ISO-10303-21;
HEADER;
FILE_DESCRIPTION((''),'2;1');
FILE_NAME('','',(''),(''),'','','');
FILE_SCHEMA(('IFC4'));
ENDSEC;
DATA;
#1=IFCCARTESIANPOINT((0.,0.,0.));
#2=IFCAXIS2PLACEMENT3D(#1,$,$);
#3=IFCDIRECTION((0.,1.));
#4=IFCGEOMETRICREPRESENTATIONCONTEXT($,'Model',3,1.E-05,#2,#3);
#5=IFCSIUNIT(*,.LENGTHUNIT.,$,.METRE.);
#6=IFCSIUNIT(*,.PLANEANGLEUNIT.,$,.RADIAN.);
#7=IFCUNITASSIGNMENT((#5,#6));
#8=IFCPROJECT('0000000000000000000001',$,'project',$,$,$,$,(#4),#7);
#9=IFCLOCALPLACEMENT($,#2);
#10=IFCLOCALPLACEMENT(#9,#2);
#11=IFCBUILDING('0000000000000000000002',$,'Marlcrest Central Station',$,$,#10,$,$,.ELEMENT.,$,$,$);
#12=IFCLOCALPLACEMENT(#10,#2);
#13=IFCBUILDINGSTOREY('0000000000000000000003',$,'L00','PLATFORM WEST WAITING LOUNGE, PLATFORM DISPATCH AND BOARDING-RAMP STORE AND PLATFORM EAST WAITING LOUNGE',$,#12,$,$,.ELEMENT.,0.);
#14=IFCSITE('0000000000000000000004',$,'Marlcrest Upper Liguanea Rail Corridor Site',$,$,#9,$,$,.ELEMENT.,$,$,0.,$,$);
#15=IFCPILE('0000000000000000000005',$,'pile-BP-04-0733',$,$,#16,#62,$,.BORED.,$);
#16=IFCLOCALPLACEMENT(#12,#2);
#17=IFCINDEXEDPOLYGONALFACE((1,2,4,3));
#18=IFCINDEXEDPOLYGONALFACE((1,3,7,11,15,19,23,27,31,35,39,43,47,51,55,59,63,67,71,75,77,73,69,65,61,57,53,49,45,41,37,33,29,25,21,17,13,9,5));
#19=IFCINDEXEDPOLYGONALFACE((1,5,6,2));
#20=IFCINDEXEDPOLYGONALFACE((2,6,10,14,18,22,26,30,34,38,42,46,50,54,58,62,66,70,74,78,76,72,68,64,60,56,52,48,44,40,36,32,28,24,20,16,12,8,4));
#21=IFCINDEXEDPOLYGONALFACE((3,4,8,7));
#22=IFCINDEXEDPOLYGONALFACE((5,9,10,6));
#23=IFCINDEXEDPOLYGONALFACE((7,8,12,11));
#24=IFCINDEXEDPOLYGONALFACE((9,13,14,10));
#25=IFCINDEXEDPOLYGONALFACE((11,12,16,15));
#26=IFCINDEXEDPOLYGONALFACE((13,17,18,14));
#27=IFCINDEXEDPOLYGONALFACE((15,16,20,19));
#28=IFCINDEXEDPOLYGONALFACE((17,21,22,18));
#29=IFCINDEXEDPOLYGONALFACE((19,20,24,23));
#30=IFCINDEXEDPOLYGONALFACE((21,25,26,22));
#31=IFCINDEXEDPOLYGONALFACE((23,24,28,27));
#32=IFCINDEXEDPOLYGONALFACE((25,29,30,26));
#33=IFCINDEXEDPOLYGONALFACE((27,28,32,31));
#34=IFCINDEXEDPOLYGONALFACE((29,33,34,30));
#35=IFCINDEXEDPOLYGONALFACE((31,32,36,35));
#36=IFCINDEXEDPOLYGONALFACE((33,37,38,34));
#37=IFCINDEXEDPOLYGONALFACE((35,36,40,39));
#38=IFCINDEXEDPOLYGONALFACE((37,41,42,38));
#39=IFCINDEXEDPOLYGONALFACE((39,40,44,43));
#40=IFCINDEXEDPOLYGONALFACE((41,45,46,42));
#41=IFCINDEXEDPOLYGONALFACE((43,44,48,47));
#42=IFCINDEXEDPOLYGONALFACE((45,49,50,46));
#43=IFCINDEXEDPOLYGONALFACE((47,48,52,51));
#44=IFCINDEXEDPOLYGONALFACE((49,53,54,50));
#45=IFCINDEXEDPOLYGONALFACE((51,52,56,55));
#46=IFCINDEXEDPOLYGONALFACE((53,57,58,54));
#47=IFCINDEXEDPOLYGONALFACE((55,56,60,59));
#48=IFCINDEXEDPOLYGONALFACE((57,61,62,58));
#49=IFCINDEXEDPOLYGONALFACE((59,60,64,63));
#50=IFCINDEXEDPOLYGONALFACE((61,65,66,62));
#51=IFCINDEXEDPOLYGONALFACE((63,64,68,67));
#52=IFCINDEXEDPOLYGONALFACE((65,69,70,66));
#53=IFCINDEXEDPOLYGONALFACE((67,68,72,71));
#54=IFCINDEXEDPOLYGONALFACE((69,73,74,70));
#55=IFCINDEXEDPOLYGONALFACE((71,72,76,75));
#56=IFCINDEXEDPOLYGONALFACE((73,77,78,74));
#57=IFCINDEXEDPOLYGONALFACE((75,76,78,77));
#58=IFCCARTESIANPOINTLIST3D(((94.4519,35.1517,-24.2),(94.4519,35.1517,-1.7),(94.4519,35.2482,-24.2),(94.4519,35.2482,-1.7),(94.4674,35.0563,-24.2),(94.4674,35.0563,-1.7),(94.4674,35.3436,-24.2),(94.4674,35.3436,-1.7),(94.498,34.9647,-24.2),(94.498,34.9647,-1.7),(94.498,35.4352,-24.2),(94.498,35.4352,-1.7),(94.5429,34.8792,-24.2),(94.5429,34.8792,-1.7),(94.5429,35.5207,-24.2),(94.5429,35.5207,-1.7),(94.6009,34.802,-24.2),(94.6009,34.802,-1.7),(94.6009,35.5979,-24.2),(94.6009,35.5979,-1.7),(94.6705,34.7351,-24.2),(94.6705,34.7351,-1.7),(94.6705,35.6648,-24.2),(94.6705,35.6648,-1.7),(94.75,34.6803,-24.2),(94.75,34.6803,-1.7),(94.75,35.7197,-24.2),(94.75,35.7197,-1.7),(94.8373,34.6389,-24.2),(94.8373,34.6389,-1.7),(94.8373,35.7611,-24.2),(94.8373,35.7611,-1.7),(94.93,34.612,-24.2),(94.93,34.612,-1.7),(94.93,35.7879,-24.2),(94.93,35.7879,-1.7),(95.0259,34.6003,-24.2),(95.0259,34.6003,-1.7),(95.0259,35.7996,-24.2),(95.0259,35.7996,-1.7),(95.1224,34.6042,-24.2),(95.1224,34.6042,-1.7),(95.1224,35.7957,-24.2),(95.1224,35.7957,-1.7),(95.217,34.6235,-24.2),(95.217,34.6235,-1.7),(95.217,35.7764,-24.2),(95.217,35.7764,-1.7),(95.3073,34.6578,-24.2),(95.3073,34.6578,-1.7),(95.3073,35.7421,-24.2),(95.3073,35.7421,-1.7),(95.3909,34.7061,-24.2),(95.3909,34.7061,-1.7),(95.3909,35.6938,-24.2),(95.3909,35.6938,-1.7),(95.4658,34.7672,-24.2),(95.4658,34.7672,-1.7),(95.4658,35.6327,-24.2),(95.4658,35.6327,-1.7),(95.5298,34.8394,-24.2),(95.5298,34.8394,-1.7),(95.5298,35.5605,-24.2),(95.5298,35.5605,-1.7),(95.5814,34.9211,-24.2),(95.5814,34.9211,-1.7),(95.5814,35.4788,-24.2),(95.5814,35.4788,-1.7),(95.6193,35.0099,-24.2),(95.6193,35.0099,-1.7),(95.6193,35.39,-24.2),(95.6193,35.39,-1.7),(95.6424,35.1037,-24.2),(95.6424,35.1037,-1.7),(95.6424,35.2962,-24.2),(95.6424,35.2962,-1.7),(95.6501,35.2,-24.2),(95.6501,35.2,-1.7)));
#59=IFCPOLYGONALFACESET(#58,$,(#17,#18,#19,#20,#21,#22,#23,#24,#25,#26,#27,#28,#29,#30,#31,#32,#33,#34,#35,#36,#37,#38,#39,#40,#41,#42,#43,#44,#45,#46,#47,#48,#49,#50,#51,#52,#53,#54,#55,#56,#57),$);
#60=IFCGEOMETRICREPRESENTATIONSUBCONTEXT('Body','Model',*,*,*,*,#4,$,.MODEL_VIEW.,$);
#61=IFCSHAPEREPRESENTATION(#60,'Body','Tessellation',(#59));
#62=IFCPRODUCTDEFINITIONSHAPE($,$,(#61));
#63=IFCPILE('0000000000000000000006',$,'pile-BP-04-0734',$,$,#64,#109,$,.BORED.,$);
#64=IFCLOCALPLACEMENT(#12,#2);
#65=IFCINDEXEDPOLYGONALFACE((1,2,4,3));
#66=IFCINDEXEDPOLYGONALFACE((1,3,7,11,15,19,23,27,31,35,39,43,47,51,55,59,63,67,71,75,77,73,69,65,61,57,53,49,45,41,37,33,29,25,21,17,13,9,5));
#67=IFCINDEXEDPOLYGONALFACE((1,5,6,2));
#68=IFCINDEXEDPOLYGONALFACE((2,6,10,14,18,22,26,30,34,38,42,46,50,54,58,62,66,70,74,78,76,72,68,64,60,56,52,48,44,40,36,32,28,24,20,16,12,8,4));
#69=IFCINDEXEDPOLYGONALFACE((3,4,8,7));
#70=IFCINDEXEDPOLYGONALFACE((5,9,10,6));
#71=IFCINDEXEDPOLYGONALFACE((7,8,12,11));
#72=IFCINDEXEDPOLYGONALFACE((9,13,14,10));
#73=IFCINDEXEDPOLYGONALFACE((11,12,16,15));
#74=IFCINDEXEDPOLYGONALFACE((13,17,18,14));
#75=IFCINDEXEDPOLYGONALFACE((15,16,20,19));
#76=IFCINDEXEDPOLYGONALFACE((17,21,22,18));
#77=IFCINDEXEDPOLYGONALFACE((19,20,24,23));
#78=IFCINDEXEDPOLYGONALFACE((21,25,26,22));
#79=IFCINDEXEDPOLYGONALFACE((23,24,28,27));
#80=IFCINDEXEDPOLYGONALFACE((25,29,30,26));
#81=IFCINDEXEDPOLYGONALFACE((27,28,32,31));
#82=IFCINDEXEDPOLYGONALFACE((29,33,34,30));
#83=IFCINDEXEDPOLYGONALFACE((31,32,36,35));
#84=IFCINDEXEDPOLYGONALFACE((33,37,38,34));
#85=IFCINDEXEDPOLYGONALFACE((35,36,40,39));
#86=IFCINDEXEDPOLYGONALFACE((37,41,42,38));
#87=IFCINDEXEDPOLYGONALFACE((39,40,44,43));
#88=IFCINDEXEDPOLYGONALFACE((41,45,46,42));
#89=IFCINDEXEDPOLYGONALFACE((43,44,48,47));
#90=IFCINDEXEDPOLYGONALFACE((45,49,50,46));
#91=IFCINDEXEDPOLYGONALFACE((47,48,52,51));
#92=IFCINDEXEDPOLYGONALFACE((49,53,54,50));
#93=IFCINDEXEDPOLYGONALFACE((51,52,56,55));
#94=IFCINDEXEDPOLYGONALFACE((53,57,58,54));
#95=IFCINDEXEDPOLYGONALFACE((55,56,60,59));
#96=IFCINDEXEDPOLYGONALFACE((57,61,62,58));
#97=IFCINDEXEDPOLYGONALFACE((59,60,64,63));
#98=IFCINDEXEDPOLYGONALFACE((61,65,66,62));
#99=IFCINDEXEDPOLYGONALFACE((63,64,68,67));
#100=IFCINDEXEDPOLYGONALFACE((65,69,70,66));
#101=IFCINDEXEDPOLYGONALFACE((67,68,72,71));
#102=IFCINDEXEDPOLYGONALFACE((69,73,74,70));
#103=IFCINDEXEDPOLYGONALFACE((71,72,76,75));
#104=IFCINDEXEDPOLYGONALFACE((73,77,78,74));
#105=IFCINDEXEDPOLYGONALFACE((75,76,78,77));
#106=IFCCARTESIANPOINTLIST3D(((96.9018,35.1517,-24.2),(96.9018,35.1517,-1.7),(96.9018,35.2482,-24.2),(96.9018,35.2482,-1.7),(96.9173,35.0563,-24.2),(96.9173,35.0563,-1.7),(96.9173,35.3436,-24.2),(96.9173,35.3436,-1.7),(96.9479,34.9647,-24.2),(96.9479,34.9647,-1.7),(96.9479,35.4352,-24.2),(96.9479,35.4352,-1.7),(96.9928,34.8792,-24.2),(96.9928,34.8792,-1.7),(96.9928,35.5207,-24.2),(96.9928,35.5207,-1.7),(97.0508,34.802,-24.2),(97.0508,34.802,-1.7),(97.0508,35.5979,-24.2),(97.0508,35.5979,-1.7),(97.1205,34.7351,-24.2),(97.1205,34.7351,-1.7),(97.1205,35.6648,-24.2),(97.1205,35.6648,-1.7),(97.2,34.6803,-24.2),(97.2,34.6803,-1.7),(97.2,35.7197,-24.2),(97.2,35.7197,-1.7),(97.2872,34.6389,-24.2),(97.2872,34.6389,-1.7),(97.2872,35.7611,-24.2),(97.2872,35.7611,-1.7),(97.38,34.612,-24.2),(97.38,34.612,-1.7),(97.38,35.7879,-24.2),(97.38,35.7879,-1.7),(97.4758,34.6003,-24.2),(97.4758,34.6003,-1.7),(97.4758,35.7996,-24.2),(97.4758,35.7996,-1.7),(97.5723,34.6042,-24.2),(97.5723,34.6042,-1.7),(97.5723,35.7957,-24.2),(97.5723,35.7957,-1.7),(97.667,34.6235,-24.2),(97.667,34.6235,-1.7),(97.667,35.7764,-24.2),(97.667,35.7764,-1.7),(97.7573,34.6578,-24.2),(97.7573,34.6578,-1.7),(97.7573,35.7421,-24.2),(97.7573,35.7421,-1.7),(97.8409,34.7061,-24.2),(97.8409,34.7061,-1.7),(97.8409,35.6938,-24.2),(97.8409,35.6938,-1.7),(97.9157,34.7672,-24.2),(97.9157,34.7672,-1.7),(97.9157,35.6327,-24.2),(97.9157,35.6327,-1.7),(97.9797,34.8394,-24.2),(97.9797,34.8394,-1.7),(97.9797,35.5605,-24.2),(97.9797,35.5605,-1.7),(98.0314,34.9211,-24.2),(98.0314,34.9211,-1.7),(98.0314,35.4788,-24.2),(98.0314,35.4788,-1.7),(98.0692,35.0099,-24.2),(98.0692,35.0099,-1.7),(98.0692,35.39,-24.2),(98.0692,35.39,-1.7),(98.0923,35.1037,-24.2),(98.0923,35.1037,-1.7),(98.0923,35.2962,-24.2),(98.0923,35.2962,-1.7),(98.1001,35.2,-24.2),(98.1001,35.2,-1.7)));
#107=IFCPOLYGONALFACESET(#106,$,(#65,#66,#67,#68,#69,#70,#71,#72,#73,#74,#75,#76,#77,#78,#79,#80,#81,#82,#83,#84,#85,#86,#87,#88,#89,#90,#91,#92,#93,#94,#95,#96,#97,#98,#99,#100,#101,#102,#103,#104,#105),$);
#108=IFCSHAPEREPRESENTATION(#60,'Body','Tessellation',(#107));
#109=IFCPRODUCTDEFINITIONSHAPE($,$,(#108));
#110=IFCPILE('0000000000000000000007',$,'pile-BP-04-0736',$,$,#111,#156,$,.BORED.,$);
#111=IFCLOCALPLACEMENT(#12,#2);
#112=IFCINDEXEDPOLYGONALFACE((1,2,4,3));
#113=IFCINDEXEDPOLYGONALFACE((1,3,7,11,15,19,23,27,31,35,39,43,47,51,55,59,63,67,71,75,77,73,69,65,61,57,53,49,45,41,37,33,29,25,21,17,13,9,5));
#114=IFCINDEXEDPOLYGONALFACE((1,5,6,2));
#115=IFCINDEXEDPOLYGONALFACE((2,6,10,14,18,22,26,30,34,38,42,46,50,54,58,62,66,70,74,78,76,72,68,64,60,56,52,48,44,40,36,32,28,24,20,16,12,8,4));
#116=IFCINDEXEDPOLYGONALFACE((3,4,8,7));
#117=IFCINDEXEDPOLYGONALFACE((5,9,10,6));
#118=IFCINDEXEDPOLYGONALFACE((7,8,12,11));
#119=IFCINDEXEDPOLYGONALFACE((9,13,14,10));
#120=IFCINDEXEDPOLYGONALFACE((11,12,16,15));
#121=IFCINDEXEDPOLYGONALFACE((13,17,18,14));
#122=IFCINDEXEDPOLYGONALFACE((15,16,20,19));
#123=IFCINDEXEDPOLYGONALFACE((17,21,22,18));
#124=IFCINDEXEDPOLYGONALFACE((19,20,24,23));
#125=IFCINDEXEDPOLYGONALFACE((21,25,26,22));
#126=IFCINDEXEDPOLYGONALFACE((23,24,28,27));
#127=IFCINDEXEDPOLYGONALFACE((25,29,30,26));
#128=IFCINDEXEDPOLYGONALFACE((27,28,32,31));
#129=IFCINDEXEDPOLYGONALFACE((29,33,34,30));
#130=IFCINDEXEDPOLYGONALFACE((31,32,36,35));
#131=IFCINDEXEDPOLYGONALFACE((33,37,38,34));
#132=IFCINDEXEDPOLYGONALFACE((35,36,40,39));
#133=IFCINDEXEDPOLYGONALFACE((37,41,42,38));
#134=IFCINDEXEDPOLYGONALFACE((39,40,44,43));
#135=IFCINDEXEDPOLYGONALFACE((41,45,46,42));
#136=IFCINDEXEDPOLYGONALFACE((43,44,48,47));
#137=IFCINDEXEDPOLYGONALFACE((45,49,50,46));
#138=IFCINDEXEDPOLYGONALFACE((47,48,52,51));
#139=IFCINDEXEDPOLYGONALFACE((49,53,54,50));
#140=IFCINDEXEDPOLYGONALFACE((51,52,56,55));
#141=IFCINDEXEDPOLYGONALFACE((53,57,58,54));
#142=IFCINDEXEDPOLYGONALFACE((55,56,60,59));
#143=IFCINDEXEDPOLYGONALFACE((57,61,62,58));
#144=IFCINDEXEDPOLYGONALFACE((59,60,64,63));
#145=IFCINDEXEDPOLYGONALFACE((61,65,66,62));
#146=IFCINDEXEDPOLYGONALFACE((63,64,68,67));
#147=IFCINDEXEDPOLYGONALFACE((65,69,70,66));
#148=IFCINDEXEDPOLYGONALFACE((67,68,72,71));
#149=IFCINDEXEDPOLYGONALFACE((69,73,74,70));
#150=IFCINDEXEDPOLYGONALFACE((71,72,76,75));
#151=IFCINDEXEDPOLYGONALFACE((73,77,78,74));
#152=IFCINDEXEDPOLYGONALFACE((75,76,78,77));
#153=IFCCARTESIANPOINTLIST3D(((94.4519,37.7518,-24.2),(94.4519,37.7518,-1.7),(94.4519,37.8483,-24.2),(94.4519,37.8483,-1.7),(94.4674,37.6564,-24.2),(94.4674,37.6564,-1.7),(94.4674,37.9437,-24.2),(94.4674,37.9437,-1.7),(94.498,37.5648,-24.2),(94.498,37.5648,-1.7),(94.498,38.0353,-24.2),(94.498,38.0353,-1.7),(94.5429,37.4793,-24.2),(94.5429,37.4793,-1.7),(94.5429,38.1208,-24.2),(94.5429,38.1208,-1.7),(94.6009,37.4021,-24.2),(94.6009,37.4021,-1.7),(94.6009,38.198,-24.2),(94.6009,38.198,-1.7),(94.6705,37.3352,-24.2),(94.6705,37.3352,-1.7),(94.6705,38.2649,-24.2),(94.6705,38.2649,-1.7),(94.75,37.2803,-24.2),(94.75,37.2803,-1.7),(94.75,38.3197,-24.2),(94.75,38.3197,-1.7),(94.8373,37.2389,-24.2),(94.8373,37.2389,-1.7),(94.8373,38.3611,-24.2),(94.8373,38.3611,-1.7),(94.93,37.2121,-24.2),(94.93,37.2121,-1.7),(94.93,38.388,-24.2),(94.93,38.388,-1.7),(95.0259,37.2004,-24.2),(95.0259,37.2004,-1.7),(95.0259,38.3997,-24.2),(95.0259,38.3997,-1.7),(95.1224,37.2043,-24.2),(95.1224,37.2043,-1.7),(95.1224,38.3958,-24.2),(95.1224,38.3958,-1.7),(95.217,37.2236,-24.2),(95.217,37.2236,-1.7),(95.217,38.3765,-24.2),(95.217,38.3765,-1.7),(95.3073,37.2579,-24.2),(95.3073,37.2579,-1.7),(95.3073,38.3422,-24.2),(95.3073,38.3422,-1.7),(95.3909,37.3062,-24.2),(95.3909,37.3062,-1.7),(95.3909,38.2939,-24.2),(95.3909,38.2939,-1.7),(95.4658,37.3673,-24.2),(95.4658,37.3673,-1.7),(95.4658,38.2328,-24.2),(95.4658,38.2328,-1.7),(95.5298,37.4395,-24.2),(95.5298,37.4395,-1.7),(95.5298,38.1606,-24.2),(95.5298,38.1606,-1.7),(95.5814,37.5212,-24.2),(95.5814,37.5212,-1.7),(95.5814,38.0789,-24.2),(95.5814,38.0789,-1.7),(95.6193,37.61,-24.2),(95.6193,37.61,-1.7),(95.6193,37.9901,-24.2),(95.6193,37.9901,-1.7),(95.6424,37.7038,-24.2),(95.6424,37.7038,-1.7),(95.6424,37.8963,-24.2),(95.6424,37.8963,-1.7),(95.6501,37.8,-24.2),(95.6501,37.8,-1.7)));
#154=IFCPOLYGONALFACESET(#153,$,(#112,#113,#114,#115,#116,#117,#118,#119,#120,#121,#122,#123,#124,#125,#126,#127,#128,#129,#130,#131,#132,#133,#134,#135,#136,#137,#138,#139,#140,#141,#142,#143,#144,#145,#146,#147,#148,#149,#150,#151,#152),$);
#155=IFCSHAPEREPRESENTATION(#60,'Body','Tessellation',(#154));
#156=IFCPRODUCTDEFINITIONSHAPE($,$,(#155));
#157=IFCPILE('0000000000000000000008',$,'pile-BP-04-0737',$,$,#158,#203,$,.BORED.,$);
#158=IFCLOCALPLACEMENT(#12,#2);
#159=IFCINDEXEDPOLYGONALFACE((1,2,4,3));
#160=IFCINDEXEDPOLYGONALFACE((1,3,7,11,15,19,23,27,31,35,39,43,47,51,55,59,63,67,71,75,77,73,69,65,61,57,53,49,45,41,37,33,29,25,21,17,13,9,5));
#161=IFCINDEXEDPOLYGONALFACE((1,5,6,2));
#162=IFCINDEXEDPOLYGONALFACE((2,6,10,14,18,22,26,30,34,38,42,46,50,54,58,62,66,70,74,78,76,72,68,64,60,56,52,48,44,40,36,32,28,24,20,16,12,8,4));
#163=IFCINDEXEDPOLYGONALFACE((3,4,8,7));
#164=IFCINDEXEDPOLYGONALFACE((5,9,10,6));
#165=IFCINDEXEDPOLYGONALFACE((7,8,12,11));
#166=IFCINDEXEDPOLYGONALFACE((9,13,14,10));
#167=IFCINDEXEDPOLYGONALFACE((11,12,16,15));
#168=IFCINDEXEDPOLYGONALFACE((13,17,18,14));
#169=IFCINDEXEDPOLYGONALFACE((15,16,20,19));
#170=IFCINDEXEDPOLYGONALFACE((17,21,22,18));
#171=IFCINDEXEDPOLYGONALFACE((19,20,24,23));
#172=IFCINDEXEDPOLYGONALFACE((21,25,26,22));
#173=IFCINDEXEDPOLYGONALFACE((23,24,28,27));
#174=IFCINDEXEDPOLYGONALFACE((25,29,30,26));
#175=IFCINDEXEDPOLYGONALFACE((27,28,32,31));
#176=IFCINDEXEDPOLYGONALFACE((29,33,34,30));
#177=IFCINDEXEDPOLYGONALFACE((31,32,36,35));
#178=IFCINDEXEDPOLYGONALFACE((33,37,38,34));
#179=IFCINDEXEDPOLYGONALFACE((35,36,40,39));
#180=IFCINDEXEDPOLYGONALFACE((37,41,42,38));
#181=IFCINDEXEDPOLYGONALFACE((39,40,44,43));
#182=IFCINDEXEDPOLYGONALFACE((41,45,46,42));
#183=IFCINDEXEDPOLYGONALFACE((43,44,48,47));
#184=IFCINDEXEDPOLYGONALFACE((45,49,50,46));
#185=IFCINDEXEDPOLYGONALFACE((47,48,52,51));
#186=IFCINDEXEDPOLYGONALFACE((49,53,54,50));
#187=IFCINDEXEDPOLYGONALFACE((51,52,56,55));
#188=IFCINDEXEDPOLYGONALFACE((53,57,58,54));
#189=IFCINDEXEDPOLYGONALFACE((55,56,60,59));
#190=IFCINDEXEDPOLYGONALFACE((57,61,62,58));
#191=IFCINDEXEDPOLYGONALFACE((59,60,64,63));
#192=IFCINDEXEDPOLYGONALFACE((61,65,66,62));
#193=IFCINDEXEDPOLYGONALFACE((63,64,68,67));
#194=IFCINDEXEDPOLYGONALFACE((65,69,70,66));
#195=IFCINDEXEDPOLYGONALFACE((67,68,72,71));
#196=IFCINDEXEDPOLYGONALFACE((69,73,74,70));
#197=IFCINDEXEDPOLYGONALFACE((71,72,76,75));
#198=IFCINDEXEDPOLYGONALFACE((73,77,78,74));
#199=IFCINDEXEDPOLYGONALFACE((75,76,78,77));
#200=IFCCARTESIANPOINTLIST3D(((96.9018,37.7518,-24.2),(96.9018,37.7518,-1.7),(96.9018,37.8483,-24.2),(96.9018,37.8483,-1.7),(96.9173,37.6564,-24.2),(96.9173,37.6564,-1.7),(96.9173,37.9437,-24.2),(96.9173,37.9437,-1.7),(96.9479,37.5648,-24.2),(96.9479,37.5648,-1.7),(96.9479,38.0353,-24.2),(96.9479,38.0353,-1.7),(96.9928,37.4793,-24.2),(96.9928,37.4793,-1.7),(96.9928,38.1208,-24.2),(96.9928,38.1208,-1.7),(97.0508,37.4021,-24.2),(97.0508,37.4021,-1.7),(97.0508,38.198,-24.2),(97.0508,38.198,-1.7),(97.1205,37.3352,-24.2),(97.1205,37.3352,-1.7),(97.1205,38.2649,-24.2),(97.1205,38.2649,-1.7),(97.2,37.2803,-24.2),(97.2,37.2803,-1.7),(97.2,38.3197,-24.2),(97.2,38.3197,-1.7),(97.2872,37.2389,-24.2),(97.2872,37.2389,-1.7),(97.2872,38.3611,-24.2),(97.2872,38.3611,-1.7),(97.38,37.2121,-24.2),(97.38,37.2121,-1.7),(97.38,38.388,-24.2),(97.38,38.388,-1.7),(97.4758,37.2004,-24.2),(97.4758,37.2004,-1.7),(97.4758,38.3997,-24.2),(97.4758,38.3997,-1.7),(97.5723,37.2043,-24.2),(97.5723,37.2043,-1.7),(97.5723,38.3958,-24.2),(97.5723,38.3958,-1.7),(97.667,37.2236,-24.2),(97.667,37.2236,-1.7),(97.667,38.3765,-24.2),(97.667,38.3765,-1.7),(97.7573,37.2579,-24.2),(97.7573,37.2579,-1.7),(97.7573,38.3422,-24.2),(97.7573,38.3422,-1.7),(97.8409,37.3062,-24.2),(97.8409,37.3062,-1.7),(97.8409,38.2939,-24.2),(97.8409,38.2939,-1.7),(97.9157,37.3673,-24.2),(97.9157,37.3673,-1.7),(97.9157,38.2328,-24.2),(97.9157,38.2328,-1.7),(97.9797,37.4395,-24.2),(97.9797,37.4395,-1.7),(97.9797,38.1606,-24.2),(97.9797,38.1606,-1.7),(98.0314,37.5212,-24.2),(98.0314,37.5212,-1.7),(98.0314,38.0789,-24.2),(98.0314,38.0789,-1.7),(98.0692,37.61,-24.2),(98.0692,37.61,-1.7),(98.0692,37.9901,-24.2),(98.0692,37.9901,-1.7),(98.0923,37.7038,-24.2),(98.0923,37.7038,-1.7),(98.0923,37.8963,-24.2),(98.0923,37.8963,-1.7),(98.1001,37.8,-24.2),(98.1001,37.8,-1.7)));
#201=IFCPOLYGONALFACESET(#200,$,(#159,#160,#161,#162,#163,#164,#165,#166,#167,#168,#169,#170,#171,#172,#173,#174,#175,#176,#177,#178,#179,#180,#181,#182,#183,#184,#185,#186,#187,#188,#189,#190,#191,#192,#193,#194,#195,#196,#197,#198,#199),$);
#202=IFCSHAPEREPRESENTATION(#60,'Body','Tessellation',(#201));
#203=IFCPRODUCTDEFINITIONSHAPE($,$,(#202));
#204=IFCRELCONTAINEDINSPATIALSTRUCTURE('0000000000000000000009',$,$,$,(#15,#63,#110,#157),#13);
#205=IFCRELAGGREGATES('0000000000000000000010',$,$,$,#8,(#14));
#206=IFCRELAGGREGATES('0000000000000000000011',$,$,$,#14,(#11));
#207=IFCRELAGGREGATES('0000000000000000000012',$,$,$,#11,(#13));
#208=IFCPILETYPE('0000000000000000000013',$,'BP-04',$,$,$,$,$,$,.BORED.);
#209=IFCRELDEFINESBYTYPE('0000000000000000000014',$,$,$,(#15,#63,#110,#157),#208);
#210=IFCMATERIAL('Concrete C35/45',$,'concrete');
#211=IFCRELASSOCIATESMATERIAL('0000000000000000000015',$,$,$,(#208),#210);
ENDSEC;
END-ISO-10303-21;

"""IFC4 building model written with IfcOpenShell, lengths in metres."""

from ifc_helpers import new_model, si_unit, direction, frame, origin, origin_2d, place, context, subcontext, project, spatial, circle, extrude, material, material_profile, profile_set, type_object, element, save


model = new_model("IFC4")

# Units and contexts
model_context = context("Model", 3, precision=1e-05, world=origin(), true_north=direction((0.0, 1.0)))
body_context = subcontext(model_context, "Body", "Model", "MODEL_VIEW")
ifc_project = project(units=[si_unit("LENGTHUNIT", "METRE"), si_unit("PLANEANGLEUNIT", "RADIAN")], contexts=[model_context])

# Site, building, storey
site_placement = place(None, origin())
site = spatial("IfcSite", under=ifc_project, at=site_placement, Name="Marlcrest Upper Liguanea Rail Corridor Site", CompositionType="ELEMENT", RefElevation=0.0)
building_placement = place(site_placement, origin())
building = spatial("IfcBuilding", under=site, at=building_placement, Name="Marlcrest Central Station", CompositionType="ELEMENT")
storey_placement = place(building_placement, origin())
storey = spatial("IfcBuildingStorey", under=building, at=storey_placement, Name="L00", Description="PLATFORM WEST WAITING LOUNGE, PLATFORM DISPATCH AND BOARDING-RAMP STORE AND PLATFORM EAST WAITING LOUNGE", CompositionType="ELEMENT", Elevation=0.0)

# Piles
ifc_material_1 = material(Name="Concrete C35/45", Category="concrete")
ifc_material_profile_1 = material_profile(ifc_material_1, circle(Radius=0.6001, at=origin_2d()), Name="PILE D1200")
ifc_profile_set_1 = profile_set([ifc_material_profile_1], Name="Concrete C35/45")
pile_type = type_object("IfcPileType", Name="BP-04", PredefinedType="BORED", material=ifc_profile_set_1)
for number, where, z_axis, x_axis, name in (
    (1, (95.05, 35.2, -1.7), (0.0, 0.0, -1.0), (1.0, 0.0, 0.0), "pile-BP-04-0733"),
    (2, (97.5, 35.2, -1.7), (0.0, 0.0, -1.0), (1.0, 0.0, 0.0), "pile-BP-04-0734"),
    (3, (95.05, 37.8, -1.7), (0.0, 0.0, -1.0), (1.0, 0.0, 0.0), "pile-BP-04-0736"),
    (4, (97.5, 37.8, -1.7), (0.0, 0.0, -1.0), (1.0, 0.0, 0.0), "pile-BP-04-0737"),
):
    element("IfcPile", number, at=place(storey_placement, frame(where, z_axis=z_axis, x_axis=x_axis)), inside=storey, type_object=pile_type, Name=name, PredefinedType="BORED", context=body_context, shape_type="SweptSolid", body=[
        extrude(circle(Radius=0.6001, at=origin_2d()), origin(), (0.0, 0.0, 1.0), 22.5),
    ])

save(model, "model.ifc")
